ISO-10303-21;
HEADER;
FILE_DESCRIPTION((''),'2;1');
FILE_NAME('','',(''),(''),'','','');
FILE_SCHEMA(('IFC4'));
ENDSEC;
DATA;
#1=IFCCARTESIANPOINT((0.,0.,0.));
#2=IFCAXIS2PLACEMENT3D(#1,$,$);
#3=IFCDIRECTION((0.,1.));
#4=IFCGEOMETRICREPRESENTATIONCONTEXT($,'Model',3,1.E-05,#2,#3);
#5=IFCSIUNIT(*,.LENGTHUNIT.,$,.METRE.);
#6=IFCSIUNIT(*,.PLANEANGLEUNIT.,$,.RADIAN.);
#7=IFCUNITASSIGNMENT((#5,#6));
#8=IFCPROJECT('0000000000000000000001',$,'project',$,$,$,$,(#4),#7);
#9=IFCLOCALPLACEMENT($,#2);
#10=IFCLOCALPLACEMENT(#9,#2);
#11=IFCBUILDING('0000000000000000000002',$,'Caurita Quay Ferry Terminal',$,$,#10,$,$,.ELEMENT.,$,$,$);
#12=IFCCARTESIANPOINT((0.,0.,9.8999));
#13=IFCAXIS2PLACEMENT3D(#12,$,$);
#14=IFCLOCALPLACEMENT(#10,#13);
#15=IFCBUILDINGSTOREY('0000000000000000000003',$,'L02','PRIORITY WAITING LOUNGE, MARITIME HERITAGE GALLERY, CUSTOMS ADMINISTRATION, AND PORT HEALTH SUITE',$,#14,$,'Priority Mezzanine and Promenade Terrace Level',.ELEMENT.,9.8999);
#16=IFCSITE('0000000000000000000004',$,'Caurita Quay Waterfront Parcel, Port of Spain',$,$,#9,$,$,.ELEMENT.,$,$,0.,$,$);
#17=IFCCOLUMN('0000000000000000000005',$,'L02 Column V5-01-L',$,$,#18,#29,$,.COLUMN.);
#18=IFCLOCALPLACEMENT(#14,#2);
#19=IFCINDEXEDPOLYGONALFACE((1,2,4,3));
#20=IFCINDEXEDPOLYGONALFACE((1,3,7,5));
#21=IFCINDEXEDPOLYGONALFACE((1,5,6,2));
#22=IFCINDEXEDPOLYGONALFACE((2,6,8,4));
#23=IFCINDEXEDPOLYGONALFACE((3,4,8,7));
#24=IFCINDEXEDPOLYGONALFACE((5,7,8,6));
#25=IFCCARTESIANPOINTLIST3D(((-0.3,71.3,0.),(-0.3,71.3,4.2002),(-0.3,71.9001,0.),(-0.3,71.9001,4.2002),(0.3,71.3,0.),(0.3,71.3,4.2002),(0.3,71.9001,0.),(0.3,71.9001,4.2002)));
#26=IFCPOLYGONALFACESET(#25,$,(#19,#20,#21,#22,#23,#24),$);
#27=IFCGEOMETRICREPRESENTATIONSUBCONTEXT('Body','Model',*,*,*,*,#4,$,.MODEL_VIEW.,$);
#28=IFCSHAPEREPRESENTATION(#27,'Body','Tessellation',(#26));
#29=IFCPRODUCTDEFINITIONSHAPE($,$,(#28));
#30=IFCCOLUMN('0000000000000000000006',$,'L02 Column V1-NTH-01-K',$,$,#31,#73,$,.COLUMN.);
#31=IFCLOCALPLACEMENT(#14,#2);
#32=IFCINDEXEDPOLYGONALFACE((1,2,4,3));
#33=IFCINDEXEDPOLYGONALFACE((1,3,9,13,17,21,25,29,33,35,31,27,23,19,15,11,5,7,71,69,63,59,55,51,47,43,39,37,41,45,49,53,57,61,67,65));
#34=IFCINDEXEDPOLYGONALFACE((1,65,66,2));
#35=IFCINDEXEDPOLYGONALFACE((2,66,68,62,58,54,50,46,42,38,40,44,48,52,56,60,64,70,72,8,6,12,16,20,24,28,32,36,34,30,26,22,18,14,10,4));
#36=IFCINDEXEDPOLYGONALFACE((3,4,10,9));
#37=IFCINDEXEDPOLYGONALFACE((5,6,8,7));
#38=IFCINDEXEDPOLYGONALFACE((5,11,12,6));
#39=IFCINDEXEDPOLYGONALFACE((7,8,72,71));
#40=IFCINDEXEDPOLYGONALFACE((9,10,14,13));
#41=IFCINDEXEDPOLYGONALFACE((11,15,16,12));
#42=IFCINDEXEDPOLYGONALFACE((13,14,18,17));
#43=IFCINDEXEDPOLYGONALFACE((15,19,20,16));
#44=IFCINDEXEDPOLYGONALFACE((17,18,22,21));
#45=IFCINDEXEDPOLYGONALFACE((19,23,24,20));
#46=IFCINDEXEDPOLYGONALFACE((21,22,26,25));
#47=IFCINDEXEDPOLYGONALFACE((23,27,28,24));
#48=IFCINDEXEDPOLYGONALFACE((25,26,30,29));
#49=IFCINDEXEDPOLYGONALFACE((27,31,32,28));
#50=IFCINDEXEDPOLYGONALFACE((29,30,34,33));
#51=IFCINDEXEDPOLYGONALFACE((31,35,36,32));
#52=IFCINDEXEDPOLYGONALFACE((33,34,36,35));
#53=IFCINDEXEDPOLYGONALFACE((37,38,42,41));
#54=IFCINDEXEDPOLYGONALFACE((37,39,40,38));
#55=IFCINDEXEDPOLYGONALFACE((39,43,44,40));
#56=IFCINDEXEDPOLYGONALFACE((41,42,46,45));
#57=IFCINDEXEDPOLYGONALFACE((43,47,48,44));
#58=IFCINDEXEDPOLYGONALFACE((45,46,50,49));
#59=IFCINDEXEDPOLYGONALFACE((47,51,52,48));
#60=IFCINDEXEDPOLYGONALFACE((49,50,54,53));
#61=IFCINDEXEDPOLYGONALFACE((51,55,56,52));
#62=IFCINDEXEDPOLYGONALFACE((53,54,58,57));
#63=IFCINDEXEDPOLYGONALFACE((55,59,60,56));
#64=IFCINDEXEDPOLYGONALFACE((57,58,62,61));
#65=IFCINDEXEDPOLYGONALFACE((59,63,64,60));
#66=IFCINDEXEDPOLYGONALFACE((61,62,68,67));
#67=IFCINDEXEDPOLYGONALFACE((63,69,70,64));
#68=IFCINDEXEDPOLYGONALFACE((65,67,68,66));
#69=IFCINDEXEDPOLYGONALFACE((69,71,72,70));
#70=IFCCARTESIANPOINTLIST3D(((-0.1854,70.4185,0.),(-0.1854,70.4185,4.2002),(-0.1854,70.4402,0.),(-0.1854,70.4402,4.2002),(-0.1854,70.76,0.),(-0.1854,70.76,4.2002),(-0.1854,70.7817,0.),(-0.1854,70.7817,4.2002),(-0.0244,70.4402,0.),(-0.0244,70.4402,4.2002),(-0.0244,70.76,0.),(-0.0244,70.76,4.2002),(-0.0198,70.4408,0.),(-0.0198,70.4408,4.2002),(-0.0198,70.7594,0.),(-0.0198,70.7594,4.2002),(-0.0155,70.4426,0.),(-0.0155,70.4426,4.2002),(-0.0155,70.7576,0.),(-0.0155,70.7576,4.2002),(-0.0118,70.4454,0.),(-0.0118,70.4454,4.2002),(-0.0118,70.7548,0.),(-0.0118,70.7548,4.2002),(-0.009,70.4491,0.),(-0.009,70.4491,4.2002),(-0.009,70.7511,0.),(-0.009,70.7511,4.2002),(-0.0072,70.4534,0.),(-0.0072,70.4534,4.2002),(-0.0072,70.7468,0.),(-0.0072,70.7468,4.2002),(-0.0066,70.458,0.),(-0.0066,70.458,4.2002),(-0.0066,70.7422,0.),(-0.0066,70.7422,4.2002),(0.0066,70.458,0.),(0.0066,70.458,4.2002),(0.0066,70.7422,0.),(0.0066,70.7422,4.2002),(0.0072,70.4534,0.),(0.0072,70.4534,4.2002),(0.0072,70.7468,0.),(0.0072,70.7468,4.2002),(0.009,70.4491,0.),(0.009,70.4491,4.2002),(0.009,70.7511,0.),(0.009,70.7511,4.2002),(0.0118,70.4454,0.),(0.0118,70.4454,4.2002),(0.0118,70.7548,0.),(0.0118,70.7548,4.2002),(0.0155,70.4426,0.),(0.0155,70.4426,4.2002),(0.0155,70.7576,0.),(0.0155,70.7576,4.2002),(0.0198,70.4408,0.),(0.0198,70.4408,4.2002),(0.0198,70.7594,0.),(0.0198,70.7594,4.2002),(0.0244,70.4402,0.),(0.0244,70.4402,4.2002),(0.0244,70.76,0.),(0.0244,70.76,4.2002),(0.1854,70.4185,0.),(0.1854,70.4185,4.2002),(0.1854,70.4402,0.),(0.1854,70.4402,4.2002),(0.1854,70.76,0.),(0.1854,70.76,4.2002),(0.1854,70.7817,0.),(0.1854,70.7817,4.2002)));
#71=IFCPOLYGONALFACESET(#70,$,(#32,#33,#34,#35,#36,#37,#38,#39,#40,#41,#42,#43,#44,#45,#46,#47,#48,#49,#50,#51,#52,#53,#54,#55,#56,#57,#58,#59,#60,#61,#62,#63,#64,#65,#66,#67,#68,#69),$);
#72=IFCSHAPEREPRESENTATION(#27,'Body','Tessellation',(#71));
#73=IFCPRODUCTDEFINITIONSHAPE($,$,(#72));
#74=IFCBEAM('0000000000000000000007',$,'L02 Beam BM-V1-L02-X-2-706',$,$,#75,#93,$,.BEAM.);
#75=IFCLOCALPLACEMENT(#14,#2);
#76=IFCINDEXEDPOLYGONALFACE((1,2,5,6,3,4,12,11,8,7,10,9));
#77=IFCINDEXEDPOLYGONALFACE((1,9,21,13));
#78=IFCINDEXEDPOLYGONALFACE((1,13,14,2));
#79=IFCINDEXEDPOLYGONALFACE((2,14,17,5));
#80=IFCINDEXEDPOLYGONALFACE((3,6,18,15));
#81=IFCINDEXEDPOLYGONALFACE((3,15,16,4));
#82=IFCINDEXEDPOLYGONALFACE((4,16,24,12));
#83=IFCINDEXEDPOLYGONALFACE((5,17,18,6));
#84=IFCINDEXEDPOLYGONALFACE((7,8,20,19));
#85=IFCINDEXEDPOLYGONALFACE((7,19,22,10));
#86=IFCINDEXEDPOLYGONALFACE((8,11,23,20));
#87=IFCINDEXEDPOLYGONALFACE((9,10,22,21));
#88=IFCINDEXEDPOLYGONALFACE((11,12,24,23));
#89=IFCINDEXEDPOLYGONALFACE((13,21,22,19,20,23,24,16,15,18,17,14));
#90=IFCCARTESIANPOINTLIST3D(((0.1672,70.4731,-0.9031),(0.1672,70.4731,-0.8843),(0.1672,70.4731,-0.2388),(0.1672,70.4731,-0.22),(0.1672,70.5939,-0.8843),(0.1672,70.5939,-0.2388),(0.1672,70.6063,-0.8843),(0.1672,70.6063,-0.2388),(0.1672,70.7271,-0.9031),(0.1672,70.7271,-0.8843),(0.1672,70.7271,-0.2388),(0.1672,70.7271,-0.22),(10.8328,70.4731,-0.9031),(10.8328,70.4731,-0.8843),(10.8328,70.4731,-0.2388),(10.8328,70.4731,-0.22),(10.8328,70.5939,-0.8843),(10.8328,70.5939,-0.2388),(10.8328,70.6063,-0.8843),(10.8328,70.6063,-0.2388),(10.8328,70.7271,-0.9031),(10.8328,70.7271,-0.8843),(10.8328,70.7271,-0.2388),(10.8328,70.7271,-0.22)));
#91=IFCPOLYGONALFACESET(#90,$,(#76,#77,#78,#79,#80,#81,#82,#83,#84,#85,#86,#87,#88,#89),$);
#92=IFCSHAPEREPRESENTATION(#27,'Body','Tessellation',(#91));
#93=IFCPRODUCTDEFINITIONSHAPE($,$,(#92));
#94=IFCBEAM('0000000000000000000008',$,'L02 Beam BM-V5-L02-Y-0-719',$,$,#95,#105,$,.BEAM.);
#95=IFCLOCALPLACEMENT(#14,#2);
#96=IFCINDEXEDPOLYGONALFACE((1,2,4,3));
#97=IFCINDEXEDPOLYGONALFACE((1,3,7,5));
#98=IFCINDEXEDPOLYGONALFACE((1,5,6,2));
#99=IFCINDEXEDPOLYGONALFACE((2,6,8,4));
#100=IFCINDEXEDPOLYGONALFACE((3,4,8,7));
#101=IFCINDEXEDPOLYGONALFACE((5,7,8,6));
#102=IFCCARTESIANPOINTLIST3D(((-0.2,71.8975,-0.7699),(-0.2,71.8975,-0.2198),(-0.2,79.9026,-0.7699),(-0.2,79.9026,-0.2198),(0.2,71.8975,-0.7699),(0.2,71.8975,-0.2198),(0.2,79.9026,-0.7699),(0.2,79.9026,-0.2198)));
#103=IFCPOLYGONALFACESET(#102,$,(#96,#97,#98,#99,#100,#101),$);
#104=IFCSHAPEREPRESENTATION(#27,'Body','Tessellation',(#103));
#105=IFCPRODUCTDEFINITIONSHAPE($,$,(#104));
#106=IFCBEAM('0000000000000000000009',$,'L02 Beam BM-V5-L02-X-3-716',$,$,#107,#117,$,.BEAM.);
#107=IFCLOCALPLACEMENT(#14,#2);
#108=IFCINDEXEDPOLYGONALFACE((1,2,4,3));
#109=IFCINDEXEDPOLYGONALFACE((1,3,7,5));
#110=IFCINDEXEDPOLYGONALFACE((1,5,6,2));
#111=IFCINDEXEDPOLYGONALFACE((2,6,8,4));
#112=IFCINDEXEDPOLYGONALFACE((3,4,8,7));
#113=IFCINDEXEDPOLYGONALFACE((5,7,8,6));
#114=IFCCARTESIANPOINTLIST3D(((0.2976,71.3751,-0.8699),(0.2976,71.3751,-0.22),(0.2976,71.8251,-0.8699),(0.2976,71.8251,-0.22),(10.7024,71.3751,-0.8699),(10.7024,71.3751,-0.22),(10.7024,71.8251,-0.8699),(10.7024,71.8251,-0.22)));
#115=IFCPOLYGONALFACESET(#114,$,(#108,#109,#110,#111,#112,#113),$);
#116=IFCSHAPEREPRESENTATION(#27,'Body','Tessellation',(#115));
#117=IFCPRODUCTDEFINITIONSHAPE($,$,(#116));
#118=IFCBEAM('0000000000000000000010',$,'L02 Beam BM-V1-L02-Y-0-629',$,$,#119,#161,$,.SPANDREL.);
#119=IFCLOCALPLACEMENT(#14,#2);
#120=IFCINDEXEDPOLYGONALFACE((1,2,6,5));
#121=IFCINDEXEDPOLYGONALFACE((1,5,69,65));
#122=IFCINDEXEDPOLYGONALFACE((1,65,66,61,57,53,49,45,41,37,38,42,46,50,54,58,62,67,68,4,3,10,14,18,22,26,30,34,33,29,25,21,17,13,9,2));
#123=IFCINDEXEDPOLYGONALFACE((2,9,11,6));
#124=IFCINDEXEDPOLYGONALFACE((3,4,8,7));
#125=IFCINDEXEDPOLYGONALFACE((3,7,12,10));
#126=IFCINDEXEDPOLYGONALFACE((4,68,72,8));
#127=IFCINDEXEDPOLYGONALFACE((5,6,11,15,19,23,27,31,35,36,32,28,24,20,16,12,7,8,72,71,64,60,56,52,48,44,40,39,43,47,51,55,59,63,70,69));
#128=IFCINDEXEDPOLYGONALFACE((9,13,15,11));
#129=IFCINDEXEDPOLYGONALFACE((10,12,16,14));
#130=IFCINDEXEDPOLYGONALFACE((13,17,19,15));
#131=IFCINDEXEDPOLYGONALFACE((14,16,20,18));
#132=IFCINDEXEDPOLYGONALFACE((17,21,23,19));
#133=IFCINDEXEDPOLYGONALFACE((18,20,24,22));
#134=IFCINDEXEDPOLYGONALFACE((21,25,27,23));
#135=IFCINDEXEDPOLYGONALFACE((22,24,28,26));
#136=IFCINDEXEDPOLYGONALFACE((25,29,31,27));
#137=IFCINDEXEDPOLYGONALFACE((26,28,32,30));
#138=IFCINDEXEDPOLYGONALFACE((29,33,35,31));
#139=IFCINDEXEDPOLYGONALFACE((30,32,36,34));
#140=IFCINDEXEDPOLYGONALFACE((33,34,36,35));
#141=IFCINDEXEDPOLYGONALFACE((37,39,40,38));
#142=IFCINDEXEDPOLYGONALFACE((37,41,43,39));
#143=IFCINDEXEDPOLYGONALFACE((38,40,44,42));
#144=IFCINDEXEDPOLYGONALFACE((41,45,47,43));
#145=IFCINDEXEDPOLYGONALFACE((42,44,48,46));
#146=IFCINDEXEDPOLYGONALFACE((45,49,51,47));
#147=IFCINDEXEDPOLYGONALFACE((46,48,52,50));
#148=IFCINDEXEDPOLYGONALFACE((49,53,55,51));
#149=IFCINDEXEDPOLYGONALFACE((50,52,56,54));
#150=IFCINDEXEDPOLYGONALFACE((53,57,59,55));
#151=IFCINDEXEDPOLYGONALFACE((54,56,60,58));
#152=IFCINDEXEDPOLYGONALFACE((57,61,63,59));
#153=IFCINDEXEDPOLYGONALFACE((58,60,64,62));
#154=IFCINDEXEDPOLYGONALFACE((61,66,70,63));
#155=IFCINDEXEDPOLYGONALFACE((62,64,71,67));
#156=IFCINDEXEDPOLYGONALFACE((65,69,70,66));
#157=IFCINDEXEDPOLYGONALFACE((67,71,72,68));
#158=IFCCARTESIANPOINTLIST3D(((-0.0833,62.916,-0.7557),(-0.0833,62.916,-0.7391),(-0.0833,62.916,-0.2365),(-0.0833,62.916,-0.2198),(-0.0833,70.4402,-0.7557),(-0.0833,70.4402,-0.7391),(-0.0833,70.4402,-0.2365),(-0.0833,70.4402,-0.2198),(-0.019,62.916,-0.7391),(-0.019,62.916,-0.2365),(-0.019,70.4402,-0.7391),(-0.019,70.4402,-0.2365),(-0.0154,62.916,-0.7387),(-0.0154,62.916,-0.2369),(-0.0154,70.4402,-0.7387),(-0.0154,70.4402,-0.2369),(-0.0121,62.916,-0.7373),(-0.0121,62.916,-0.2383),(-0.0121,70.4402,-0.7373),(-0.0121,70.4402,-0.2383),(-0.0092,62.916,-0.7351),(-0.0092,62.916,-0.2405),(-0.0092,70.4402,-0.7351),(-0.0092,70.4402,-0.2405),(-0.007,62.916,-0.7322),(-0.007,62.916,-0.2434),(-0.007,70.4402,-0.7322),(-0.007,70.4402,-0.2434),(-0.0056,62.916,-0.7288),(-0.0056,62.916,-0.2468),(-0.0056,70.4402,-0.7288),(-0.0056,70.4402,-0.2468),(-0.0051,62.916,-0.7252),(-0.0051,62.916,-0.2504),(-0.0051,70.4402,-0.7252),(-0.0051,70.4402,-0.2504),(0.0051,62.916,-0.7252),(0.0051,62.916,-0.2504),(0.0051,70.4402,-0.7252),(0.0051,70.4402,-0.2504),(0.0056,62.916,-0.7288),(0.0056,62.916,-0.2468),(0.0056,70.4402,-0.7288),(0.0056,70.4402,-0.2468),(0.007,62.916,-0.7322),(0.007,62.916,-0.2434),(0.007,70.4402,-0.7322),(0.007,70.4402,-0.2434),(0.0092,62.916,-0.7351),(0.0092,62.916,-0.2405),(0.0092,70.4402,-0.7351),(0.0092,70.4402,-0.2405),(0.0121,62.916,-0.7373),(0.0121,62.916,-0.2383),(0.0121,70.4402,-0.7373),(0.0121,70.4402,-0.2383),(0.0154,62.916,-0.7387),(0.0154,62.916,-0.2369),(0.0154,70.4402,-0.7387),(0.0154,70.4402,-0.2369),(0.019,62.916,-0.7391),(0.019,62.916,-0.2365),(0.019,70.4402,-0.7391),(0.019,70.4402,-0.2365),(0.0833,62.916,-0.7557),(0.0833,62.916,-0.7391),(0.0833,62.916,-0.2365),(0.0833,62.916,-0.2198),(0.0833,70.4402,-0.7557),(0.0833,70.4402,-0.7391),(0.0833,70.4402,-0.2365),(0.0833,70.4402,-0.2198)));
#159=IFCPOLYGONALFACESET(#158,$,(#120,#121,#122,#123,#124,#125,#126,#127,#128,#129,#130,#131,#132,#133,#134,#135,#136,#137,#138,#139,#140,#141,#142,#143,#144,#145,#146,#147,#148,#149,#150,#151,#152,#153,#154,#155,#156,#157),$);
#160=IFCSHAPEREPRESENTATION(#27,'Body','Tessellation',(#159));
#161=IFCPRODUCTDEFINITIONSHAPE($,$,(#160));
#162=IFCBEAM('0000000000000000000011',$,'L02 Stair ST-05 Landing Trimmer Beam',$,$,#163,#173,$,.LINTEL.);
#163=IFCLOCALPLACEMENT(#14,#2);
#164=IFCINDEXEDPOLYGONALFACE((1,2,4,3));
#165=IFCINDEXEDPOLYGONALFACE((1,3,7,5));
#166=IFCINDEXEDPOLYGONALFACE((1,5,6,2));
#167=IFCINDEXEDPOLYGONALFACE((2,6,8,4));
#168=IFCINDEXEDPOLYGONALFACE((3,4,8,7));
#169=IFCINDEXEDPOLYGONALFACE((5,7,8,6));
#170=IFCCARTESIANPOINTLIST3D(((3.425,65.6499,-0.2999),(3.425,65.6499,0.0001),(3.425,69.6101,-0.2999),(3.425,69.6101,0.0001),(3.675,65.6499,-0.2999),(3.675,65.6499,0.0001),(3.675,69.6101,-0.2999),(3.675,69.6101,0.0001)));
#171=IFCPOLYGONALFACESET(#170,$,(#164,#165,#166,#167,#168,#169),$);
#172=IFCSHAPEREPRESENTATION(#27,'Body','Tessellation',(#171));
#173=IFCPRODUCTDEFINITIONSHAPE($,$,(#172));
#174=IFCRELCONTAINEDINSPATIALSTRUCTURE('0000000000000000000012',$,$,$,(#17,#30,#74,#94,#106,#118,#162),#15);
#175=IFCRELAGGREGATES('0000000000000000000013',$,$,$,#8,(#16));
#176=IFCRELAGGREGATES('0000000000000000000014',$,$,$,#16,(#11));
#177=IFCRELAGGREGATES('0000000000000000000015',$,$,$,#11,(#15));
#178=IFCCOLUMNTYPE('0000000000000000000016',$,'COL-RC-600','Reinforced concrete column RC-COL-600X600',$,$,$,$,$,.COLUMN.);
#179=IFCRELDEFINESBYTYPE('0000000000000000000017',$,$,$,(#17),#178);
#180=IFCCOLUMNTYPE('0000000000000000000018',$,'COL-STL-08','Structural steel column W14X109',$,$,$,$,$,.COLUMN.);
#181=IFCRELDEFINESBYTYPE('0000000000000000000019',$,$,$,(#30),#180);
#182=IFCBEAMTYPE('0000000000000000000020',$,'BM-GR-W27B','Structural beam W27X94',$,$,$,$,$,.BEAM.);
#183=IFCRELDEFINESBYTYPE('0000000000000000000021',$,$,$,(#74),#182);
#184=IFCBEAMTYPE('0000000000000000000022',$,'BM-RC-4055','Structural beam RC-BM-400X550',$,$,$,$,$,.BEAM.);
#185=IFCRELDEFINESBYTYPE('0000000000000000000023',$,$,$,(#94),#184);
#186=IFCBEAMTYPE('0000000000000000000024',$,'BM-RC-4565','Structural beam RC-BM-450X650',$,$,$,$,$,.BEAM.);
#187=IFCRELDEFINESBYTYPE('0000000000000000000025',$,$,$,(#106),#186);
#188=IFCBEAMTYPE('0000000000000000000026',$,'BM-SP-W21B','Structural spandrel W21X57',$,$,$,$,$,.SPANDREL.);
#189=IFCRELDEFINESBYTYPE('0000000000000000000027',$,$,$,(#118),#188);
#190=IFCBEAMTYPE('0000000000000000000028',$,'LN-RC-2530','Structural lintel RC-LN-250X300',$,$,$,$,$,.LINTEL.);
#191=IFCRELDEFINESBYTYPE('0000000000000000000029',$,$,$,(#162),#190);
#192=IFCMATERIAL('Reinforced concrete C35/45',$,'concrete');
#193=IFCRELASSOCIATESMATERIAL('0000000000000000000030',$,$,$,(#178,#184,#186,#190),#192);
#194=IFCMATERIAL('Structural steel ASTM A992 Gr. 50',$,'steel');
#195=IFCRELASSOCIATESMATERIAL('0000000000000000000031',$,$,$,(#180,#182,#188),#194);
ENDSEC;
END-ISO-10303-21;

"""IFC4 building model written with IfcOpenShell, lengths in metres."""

from ifc_helpers import new_model, si_unit, direction, frame, origin, origin_2d, place, context, subcontext, project, spatial, rectangle, i_section, extrude, material, material_profile, profile_set, type_object, element, save


model = new_model("IFC4")

# Units and contexts
model_context = context("Model", 3, precision=1e-05, world=origin(), true_north=direction((0.0, 1.0)))
body_context = subcontext(model_context, "Body", "Model", "MODEL_VIEW")
ifc_project = project(units=[si_unit("LENGTHUNIT", "METRE"), si_unit("PLANEANGLEUNIT", "RADIAN")], contexts=[model_context])

# Site, building, storey
site_placement = place(None, origin())
site = spatial("IfcSite", under=ifc_project, at=site_placement, Name="Caurita Quay Waterfront Parcel, Port of Spain", CompositionType="ELEMENT", RefElevation=0.0)
building_placement = place(site_placement, origin())
building = spatial("IfcBuilding", under=site, at=building_placement, Name="Caurita Quay Ferry Terminal", CompositionType="ELEMENT")
storey_placement = place(building_placement, frame((0.0, 0.0, 9.8999)))
storey = spatial("IfcBuildingStorey", under=building, at=storey_placement, Name="L02", Description="PRIORITY WAITING LOUNGE, MARITIME HERITAGE GALLERY, CUSTOMS ADMINISTRATION, AND PORT HEALTH SUITE", LongName="Priority Mezzanine and Promenade Terrace Level", CompositionType="ELEMENT", Elevation=9.8999)

# Columns
ifc_material_1 = material(Name="Reinforced concrete C35/45", Category="concrete")
ifc_material_profile_1 = material_profile(ifc_material_1, rectangle(XDim=0.6001, YDim=0.6001, at=origin_2d()), Name="RC-COL-600X600")
ifc_profile_set_1 = profile_set([ifc_material_profile_1], Name="Reinforced concrete C35/45")
column_type_1 = type_object("IfcColumnType", Name="COL-RC-600", Description="Reinforced concrete column RC-COL-600X600", PredefinedType="COLUMN", material=ifc_profile_set_1)
column_1_placement = place(storey_placement, frame((0.0, 71.6001, 0.0), z_axis=(0.0, 0.0, 1.0), x_axis=(1.0, 0.0, 0.0)))
element("IfcColumn", 1, at=column_1_placement, inside=storey, type_object=column_type_1, Name="L02 Column V5-01-L", PredefinedType="COLUMN", context=body_context, shape_type="SweptSolid", body=[
    extrude(rectangle(XDim=0.6001, YDim=0.6001, at=origin_2d()), origin(), (0.0, 0.0, 1.0), 4.2002),
])
ifc_material_2 = material(Name="Structural steel ASTM A992 Gr. 50", Category="steel")
ifc_material_profile_2 = material_profile(ifc_material_2, i_section(OverallWidth=0.3708, OverallDepth=0.3633, WebThickness=0.0132, FlangeThickness=0.0217, FilletRadius=0.0178, at=origin_2d()), Name="W14X109")
ifc_profile_set_2 = profile_set([ifc_material_profile_2], Name="Structural steel ASTM A992 Gr. 50")
column_type_2 = type_object("IfcColumnType", Name="COL-STL-08", Description="Structural steel column W14X109", PredefinedType="COLUMN", material=ifc_profile_set_2)
column_2_placement = place(storey_placement, frame((0.0, 70.6001, 0.0), z_axis=(0.0, 0.0, 1.0), x_axis=(1.0, 0.0, 0.0)))
element("IfcColumn", 2, at=column_2_placement, inside=storey, type_object=column_type_2, Name="L02 Column V1-NTH-01-K", PredefinedType="COLUMN", context=body_context, shape_type="SweptSolid", body=[
    extrude(i_section(OverallWidth=0.3708, OverallDepth=0.3633, WebThickness=0.0132, FlangeThickness=0.0217, FilletRadius=0.0178, at=origin_2d()), origin(), (0.0, 0.0, 1.0), 4.2002),
])

# Beams
ifc_material_profile_3 = material_profile(ifc_material_2, i_section(OverallWidth=0.2539, OverallDepth=0.6831, WebThickness=0.0125, FlangeThickness=0.0188, at=origin_2d()), Name="W27X94")
ifc_profile_set_3 = profile_set([ifc_material_profile_3], Name="Structural steel ASTM A992 Gr. 50")
beam_type_1 = type_object("IfcBeamType", Name="BM-GR-W27B", Description="Structural beam W27X94", PredefinedType="BEAM", material=ifc_profile_set_3)
beam_1_placement = place(storey_placement, frame((0.1672, 70.6001, -0.5615), z_axis=(1.0, 0.0, 0.0), x_axis=(0.0, 1.0, 0.0)))
element("IfcBeam", 3, at=beam_1_placement, inside=storey, type_object=beam_type_1, Name="L02 Beam BM-V1-L02-X-2-706", PredefinedType="BEAM", context=body_context, shape_type="SweptSolid", body=[
    extrude(i_section(OverallWidth=0.2539, OverallDepth=0.6831, WebThickness=0.0125, FlangeThickness=0.0188, at=origin_2d()), origin(), (0.0, 0.0, 1.0), 10.6655),
])
ifc_material_profile_4 = material_profile(ifc_material_1, rectangle(XDim=0.3999, YDim=0.55, at=origin_2d()), Name="RC-BM-400X550")
ifc_profile_set_4 = profile_set([ifc_material_profile_4], Name="Reinforced concrete C35/45")
beam_type_2 = type_object("IfcBeamType", Name="BM-RC-4055", Description="Structural beam RC-BM-400X550", PredefinedType="BEAM", material=ifc_profile_set_4)
beam_2_placement = place(storey_placement, frame((0.0, 71.8975, -0.4949), z_axis=(0.0, 1.0, 0.0), x_axis=(-1.0, 0.0, 0.0)))
element("IfcBeam", 4, at=beam_2_placement, inside=storey, type_object=beam_type_2, Name="L02 Beam BM-V5-L02-Y-0-719", PredefinedType="BEAM", context=body_context, shape_type="SweptSolid", body=[
    extrude(rectangle(XDim=0.3999, YDim=0.55, at=origin_2d()), origin(), (0.0, 0.0, 1.0), 8.0051),
])
ifc_material_profile_5 = material_profile(ifc_material_1, rectangle(XDim=0.45, YDim=0.6499, at=origin_2d()), Name="RC-BM-450X650")
ifc_profile_set_5 = profile_set([ifc_material_profile_5], Name="Reinforced concrete C35/45")
beam_type_3 = type_object("IfcBeamType", Name="BM-RC-4565", Description="Structural beam RC-BM-450X650", PredefinedType="BEAM", material=ifc_profile_set_5)
beam_3_placement = place(storey_placement, frame((0.2976, 71.6001, -0.5449), z_axis=(1.0, 0.0, 0.0), x_axis=(0.0, 1.0, 0.0)))
element("IfcBeam", 5, at=beam_3_placement, inside=storey, type_object=beam_type_3, Name="L02 Beam BM-V5-L02-X-3-716", PredefinedType="BEAM", context=body_context, shape_type="SweptSolid", body=[
    extrude(rectangle(XDim=0.45, YDim=0.6499, at=origin_2d()), origin(), (0.0, 0.0, 1.0), 10.4048),
])
ifc_material_profile_6 = material_profile(ifc_material_2, i_section(OverallWidth=0.1665, OverallDepth=0.5359, WebThickness=0.0103, FlangeThickness=0.0166, FilletRadius=0.0139, at=origin_2d()), Name="W21X57")
ifc_profile_set_6 = profile_set([ifc_material_profile_6], Name="Structural steel ASTM A992 Gr. 50")
beam_type_4 = type_object("IfcBeamType", Name="BM-SP-W21B", Description="Structural spandrel W21X57", PredefinedType="SPANDREL", material=ifc_profile_set_6)
beam_4_placement = place(storey_placement, frame((0.0, 62.916, -0.4878), z_axis=(0.0, 1.0, 0.0), x_axis=(-1.0, 0.0, 0.0)))
element("IfcBeam", 6, at=beam_4_placement, inside=storey, type_object=beam_type_4, Name="L02 Beam BM-V1-L02-Y-0-629", PredefinedType="SPANDREL", context=body_context, shape_type="SweptSolid", body=[
    extrude(i_section(OverallWidth=0.1665, OverallDepth=0.5359, WebThickness=0.0103, FlangeThickness=0.0166, FilletRadius=0.0139, at=origin_2d()), origin(), (0.0, 0.0, 1.0), 7.5242),
])
ifc_material_profile_7 = material_profile(ifc_material_1, rectangle(XDim=0.25, YDim=0.3, at=origin_2d()), Name="RC-LN-250X300")
ifc_profile_set_7 = profile_set([ifc_material_profile_7], Name="Reinforced concrete C35/45")
beam_type_5 = type_object("IfcBeamType", Name="LN-RC-2530", Description="Structural lintel RC-LN-250X300", PredefinedType="LINTEL", material=ifc_profile_set_7)
beam_5_placement = place(storey_placement, frame((3.55, 65.6499, -0.1499), z_axis=(0.0, 1.0, 0.0), x_axis=(-1.0, 0.0, 0.0)))
element("IfcBeam", 7, at=beam_5_placement, inside=storey, type_object=beam_type_5, Name="L02 Stair ST-05 Landing Trimmer Beam", PredefinedType="LINTEL", context=body_context, shape_type="SweptSolid", body=[
    extrude(rectangle(XDim=0.25, YDim=0.3, at=origin_2d()), origin(), (0.0, 0.0, 1.0), 3.9602),
])

save(model, "model.ifc")
